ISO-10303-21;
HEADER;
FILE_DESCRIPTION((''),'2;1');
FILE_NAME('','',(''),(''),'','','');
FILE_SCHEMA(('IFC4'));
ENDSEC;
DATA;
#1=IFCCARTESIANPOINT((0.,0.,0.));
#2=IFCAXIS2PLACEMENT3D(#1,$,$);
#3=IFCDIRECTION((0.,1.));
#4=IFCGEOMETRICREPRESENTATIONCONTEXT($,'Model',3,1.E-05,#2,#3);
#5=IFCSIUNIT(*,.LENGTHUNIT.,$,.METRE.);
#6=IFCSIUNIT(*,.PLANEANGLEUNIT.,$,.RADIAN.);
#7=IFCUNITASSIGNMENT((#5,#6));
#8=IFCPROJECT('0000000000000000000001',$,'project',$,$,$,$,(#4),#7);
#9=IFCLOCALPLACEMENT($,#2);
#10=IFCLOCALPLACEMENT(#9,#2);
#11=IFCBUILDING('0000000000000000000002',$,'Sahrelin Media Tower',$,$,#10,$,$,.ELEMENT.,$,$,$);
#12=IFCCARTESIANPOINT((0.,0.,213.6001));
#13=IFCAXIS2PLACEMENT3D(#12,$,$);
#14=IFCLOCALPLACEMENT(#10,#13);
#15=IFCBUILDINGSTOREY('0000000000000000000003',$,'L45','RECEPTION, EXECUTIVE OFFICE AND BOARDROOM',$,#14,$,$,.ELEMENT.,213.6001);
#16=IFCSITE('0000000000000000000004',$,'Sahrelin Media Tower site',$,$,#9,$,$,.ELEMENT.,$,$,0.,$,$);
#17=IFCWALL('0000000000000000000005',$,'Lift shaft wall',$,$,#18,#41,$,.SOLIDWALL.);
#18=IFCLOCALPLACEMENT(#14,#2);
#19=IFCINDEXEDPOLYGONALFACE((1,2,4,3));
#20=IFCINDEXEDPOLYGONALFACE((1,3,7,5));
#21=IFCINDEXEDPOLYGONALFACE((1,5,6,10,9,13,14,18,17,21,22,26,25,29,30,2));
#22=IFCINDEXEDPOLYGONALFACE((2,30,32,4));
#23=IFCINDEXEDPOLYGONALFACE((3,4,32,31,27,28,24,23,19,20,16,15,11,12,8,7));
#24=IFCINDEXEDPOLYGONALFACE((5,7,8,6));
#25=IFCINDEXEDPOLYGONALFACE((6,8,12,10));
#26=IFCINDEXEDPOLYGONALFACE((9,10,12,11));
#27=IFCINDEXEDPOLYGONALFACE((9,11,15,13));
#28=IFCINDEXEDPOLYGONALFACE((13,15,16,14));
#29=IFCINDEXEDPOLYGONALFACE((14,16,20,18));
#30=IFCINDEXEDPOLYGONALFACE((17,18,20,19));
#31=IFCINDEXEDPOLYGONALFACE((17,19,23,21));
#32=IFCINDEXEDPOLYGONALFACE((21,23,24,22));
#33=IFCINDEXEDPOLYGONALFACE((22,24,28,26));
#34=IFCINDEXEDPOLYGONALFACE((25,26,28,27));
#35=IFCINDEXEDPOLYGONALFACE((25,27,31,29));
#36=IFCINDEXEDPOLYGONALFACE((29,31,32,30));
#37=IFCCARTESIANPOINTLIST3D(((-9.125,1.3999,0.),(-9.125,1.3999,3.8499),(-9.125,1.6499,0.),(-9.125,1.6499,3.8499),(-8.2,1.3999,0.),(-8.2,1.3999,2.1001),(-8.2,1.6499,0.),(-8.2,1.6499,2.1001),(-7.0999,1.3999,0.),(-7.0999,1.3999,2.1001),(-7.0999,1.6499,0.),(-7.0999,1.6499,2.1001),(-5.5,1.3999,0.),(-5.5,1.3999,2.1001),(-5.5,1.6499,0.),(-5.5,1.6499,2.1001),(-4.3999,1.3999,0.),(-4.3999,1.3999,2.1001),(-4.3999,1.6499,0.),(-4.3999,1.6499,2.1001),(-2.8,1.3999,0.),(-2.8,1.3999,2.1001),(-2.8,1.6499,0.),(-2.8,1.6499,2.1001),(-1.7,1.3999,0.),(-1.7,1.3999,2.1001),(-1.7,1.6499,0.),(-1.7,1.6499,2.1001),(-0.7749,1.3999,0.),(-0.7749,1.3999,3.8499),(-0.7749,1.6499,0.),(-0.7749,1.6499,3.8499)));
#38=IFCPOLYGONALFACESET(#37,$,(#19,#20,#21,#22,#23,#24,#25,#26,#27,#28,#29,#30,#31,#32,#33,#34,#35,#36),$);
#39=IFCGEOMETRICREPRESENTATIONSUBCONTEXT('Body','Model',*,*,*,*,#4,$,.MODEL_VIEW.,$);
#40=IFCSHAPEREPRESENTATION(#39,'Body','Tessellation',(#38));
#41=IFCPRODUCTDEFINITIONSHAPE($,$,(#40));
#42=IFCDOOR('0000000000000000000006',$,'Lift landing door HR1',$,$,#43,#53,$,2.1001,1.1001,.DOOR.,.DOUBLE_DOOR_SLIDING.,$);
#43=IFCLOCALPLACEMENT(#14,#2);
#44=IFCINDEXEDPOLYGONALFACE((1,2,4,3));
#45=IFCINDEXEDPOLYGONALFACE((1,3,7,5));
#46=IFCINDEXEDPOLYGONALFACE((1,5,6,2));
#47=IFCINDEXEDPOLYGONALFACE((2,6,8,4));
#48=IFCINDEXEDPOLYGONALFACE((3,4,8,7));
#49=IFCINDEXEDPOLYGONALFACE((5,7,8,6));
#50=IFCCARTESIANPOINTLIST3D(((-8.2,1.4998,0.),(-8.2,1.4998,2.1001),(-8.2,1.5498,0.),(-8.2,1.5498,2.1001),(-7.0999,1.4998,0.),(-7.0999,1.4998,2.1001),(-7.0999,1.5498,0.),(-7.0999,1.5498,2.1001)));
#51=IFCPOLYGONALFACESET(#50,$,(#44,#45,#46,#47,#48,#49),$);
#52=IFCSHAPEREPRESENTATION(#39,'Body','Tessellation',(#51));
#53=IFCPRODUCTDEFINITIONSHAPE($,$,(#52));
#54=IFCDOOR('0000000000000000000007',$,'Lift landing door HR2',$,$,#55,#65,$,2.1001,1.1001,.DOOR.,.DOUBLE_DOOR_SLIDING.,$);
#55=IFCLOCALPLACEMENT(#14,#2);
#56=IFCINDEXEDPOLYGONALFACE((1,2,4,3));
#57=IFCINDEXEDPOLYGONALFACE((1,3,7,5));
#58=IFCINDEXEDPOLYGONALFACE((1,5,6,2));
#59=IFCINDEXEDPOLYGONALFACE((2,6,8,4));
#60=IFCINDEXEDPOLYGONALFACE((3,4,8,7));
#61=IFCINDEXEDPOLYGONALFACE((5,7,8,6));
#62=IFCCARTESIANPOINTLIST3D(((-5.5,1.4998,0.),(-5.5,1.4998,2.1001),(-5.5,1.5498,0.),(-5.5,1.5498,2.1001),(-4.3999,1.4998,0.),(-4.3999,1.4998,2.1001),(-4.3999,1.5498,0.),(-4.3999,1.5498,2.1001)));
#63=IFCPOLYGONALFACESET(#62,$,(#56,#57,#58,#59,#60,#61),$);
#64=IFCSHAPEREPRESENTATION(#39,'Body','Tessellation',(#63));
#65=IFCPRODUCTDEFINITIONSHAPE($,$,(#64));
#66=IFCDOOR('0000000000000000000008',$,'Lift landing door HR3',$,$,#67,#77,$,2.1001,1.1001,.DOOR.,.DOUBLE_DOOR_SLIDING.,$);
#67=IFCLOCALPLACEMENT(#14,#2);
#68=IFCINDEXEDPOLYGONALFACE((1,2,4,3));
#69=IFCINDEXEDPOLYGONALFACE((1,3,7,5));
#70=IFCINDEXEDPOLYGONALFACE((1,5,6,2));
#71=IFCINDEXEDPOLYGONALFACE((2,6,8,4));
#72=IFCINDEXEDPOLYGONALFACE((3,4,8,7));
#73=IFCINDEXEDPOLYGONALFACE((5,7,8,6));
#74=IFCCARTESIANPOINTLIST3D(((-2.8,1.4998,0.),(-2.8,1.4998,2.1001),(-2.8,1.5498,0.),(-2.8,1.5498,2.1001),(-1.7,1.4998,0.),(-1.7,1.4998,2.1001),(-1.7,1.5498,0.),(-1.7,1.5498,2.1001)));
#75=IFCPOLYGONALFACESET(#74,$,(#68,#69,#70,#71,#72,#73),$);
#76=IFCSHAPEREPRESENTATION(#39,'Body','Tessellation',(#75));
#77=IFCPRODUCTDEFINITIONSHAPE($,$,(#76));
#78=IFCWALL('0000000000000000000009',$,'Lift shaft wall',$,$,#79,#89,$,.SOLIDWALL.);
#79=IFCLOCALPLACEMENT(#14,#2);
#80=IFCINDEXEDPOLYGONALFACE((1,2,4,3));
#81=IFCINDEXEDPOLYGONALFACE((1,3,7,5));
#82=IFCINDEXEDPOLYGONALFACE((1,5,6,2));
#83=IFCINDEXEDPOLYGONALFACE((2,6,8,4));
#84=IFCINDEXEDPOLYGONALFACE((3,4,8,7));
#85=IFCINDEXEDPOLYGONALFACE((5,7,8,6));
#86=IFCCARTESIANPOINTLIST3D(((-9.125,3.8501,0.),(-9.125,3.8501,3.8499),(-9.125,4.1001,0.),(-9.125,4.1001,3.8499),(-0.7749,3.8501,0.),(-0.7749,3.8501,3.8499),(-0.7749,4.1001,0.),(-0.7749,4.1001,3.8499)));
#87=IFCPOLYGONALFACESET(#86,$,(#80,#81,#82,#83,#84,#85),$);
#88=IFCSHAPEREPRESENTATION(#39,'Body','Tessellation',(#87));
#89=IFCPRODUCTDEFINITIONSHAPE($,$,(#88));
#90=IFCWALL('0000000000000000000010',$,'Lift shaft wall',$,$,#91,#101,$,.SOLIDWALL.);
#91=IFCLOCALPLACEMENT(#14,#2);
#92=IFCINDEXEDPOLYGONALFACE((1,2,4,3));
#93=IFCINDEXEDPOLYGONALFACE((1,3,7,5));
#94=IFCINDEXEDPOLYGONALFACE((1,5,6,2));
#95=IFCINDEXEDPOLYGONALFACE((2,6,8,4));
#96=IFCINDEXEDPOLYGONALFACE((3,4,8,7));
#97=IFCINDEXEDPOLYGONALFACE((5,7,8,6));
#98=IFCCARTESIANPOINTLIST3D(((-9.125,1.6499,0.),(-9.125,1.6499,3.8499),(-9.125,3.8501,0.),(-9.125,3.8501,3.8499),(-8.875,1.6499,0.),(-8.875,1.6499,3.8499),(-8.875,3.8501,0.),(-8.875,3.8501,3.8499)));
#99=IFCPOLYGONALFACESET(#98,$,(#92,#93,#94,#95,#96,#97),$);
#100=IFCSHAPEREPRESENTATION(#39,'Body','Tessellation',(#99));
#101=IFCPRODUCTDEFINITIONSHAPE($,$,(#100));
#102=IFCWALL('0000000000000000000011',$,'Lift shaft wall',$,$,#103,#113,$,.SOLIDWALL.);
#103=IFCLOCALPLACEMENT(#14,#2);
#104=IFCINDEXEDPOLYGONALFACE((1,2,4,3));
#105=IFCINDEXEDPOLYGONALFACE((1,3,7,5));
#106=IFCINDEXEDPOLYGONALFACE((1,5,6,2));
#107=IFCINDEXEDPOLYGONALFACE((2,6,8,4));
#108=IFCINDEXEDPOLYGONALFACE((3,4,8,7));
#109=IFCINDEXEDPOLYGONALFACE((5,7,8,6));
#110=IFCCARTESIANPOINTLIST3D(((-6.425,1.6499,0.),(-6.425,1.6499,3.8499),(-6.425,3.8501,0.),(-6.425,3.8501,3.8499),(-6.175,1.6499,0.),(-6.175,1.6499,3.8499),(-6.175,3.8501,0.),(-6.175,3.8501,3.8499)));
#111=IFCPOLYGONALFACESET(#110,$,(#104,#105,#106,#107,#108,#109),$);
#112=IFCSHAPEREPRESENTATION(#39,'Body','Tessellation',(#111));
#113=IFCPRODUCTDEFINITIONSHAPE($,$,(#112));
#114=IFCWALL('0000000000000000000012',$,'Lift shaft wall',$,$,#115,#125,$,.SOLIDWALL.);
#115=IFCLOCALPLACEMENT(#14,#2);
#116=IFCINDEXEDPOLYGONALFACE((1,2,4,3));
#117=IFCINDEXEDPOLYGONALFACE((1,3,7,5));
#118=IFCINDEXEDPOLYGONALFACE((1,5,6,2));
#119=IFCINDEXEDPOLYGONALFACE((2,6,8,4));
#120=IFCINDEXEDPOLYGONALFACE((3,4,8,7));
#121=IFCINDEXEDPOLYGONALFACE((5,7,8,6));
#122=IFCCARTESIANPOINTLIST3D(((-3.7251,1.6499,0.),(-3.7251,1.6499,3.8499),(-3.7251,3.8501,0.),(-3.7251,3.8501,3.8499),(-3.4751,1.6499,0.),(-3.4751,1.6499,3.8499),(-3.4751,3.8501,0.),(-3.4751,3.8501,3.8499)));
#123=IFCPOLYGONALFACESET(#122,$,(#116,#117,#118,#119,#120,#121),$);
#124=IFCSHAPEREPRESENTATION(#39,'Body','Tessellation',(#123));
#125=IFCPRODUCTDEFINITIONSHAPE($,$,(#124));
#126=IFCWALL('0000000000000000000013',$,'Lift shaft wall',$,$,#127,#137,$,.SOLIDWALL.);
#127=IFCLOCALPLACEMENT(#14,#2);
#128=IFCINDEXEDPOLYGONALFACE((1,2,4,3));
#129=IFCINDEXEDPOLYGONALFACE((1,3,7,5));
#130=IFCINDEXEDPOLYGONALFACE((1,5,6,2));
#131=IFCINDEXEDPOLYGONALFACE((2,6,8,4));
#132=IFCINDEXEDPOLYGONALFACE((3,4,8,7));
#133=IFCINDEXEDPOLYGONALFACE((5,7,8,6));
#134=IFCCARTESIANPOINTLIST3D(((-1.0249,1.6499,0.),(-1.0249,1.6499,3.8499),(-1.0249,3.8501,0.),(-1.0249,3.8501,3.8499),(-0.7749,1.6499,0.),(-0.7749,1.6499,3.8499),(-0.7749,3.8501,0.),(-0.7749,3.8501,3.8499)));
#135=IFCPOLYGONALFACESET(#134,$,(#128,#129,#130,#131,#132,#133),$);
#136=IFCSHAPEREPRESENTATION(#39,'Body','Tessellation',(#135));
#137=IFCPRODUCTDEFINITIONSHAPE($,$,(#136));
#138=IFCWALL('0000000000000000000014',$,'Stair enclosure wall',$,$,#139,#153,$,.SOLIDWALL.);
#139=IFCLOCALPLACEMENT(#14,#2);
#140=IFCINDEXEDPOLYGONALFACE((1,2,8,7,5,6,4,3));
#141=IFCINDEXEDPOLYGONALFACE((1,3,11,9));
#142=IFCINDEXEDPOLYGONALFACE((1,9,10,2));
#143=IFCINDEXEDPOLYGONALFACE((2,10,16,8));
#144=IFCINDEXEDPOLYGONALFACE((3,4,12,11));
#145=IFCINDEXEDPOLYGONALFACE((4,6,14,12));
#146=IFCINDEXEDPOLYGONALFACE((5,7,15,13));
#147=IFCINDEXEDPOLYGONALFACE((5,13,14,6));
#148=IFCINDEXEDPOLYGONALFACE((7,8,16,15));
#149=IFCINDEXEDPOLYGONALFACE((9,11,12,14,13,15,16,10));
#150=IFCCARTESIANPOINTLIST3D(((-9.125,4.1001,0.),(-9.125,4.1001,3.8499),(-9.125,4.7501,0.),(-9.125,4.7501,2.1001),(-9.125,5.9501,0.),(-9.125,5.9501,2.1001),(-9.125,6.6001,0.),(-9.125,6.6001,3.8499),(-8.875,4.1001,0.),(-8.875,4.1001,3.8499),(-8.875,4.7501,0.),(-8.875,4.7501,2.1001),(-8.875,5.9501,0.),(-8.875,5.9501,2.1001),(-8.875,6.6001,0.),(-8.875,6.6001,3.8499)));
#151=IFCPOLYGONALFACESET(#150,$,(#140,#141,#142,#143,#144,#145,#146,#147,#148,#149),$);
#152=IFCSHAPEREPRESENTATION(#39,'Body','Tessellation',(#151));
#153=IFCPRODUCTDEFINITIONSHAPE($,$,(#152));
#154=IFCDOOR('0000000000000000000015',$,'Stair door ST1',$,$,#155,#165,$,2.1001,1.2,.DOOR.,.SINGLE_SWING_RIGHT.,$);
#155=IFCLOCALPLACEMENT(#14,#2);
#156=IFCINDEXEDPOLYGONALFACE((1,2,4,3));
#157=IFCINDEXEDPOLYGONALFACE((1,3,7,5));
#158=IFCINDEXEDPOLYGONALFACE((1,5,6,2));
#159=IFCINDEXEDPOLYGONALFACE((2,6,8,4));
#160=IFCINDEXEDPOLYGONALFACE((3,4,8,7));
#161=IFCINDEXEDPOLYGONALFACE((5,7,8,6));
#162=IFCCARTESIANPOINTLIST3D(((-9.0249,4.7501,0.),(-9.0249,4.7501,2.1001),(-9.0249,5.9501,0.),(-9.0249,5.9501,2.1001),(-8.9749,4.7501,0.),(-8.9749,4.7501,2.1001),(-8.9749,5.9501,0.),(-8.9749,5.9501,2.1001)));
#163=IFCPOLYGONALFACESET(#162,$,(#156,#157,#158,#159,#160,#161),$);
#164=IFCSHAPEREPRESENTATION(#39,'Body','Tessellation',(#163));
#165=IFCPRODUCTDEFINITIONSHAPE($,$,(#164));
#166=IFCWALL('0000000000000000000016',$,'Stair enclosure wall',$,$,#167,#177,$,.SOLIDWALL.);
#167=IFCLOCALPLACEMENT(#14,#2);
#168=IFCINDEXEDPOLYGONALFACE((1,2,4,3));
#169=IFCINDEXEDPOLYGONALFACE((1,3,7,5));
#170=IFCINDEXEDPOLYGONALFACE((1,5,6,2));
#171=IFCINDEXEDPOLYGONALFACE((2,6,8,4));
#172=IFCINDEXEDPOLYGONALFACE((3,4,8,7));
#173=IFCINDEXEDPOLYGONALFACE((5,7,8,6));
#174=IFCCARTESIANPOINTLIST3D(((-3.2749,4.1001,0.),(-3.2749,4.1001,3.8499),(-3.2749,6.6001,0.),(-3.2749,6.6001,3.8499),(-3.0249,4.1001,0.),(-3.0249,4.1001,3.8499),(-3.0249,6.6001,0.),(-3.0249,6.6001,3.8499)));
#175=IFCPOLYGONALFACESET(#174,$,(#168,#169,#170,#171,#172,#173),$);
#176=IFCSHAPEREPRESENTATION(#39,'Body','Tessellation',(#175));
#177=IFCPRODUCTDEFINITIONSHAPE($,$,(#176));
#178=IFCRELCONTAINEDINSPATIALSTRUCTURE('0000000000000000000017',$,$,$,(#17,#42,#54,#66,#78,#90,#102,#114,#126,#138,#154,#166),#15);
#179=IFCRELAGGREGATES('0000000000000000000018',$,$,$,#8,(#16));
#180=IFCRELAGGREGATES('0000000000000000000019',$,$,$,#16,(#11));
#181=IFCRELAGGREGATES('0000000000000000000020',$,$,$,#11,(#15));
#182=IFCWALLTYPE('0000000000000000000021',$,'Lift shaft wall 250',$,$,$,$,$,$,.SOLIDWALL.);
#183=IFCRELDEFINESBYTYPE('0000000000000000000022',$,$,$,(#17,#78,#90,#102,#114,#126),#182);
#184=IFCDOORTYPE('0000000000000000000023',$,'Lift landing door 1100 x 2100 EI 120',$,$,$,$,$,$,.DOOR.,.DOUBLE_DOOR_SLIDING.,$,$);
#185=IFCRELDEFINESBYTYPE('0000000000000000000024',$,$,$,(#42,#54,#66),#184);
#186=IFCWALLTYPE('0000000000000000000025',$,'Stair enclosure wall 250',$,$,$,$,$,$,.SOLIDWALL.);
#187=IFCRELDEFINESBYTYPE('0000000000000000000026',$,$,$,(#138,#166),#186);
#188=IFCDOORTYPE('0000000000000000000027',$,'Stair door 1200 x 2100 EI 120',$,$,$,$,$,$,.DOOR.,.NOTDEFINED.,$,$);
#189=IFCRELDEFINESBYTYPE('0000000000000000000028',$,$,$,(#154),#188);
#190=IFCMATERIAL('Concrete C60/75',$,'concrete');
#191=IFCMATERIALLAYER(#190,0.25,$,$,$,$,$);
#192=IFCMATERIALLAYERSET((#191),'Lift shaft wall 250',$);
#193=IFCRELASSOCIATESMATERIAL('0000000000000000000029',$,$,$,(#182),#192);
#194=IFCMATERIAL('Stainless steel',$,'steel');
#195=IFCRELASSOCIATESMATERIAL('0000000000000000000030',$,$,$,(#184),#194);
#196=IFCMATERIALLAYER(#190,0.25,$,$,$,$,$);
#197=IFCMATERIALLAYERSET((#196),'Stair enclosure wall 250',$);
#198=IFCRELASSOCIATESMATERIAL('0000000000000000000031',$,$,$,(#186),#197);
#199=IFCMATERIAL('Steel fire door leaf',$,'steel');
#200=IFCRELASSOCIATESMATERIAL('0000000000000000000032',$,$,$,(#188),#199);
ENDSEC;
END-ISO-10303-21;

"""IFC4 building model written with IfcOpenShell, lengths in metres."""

from ifc_helpers import new_model, si_unit, direction, frame, frame_2d, origin, place, context, subcontext, project, spatial, rectangle, extrude, material, layer, layer_set, type_object, element, fill, save


model = new_model("IFC4")

# Units and contexts
model_context = context("Model", 3, precision=1e-05, world=origin(), true_north=direction((0.0, 1.0)))
body_context = subcontext(model_context, "Body", "Model", "MODEL_VIEW")
ifc_project = project(units=[si_unit("LENGTHUNIT", "METRE"), si_unit("PLANEANGLEUNIT", "RADIAN")], contexts=[model_context])

# Site, building, storey
site_placement = place(None, origin())
site = spatial("IfcSite", under=ifc_project, at=site_placement, Name="Sahrelin Media Tower site", CompositionType="ELEMENT", RefElevation=0.0)
building_placement = place(site_placement, origin())
building = spatial("IfcBuilding", under=site, at=building_placement, Name="Sahrelin Media Tower", CompositionType="ELEMENT")
storey_placement = place(building_placement, frame((0.0, 0.0, 213.6001)))
storey = spatial("IfcBuildingStorey", under=building, at=storey_placement, Name="L45", Description="RECEPTION, EXECUTIVE OFFICE AND BOARDROOM", CompositionType="ELEMENT", Elevation=213.6001)

# Shared definitions
ifc_material_1 = material(Name="Concrete C60/75", Category="concrete")

# Shared definitions
ifc_material_2 = material(Name="Steel fire door leaf", Category="steel")

# Wall, openings, doors
ifc_layer_1 = layer(ifc_material_1, 0.25)
ifc_layer_set_1 = layer_set([ifc_layer_1], Name="Lift shaft wall 250")
wall_type_1 = type_object("IfcWallType", Name="Lift shaft wall 250", PredefinedType="SOLIDWALL", material=ifc_layer_set_1)
wall_1_placement = place(storey_placement, frame((-9.125, 1.5249, 0.0), z_axis=(0.0, 0.0, 1.0), x_axis=(1.0, 0.0, 0.0)))
wall_1 = element("IfcWall", 1, at=wall_1_placement, inside=storey, type_object=wall_type_1, Name="Lift shaft wall", PredefinedType="SOLIDWALL", context=body_context, shape_type="SweptSolid", body=[
    extrude(rectangle(XDim=8.3501, YDim=0.25, at=frame_2d((4.175, 0.0))), origin(), (0.0, 0.0, 1.0), 3.8499),
])
opening_1_placement = place(wall_1_placement, frame((0.925, 0.0, 0.0)))
opening_1 = element("IfcOpeningElement", 2, at=opening_1_placement, cuts=wall_1, PredefinedType="OPENING", context=body_context, shape_type="SweptSolid", body=[
    extrude(rectangle(XDim=1.1001, YDim=2.1001, at=frame_2d((0.55, 1.05))), frame((0.0, 0.125, 0.0), z_axis=(0.0, -1.0, 0.0), x_axis=(1.0, 0.0, 0.0)), (0.0, 0.0, 1.0), 0.25),
])
opening_2_placement = place(wall_1_placement, frame((3.625, 0.0, 0.0)))
opening_2 = element("IfcOpeningElement", 3, at=opening_2_placement, cuts=wall_1, PredefinedType="OPENING", context=body_context, shape_type="SweptSolid", body=[
    extrude(rectangle(XDim=1.1001, YDim=2.1001, at=frame_2d((0.55, 1.05))), frame((0.0, 0.125, 0.0), z_axis=(0.0, -1.0, 0.0), x_axis=(1.0, 0.0, 0.0)), (0.0, 0.0, 1.0), 0.25),
])
opening_3_placement = place(wall_1_placement, frame((6.325, 0.0, 0.0)))
opening_3 = element("IfcOpeningElement", 4, at=opening_3_placement, cuts=wall_1, PredefinedType="OPENING", context=body_context, shape_type="SweptSolid", body=[
    extrude(rectangle(XDim=1.1001, YDim=2.1001, at=frame_2d((0.55, 1.05))), frame((0.0, 0.125, 0.0), z_axis=(0.0, -1.0, 0.0), x_axis=(1.0, 0.0, 0.0)), (0.0, 0.0, 1.0), 0.25),
])
ifc_material_3 = material(Name="Stainless steel", Category="steel")
door_type_1 = type_object("IfcDoorType", Name="Lift landing door 1100 x 2100 EI 120", OperationType="DOUBLE_DOOR_SLIDING", PredefinedType="DOOR", material=ifc_material_3)
door_1_placement = place(opening_1_placement, origin())
door_1 = element("IfcDoor", 5, at=door_1_placement, inside=storey, type_object=door_type_1, Name="Lift landing door HR1", OperationType="DOUBLE_DOOR_SLIDING", OverallHeight=2.1001, OverallWidth=1.1001, PredefinedType="DOOR", context=body_context, shape_type="SweptSolid", body=[
    extrude(rectangle(XDim=1.1001, YDim=2.1001, at=frame_2d((0.55, 1.05))), frame((0.0, 0.0249, 0.0), z_axis=(0.0, -1.0, 0.0), x_axis=(1.0, 0.0, 0.0)), (0.0, 0.0, 1.0), 0.05),
])
fill(opening_1, door_1)
door_2_placement = place(opening_2_placement, origin())
door_2 = element("IfcDoor", 6, at=door_2_placement, inside=storey, type_object=door_type_1, Name="Lift landing door HR2", OperationType="DOUBLE_DOOR_SLIDING", OverallHeight=2.1001, OverallWidth=1.1001, PredefinedType="DOOR", context=body_context, shape_type="SweptSolid", body=[
    extrude(rectangle(XDim=1.1001, YDim=2.1001, at=frame_2d((0.55, 1.05))), frame((0.0, 0.0249, 0.0), z_axis=(0.0, -1.0, 0.0), x_axis=(1.0, 0.0, 0.0)), (0.0, 0.0, 1.0), 0.05),
])
fill(opening_2, door_2)
door_3_placement = place(opening_3_placement, origin())
door_3 = element("IfcDoor", 7, at=door_3_placement, inside=storey, type_object=door_type_1, Name="Lift landing door HR3", OperationType="DOUBLE_DOOR_SLIDING", OverallHeight=2.1001, OverallWidth=1.1001, PredefinedType="DOOR", context=body_context, shape_type="SweptSolid", body=[
    extrude(rectangle(XDim=1.1001, YDim=2.1001, at=frame_2d((0.55, 1.05))), frame((0.0, 0.0249, 0.0), z_axis=(0.0, -1.0, 0.0), x_axis=(1.0, 0.0, 0.0)), (0.0, 0.0, 1.0), 0.05),
])
fill(opening_3, door_3)

# Walls
wall_2_placement = place(storey_placement, frame((-9.125, 3.9751, 0.0), z_axis=(0.0, 0.0, 1.0), x_axis=(1.0, 0.0, 0.0)))
element("IfcWall", 8, at=wall_2_placement, inside=storey, type_object=wall_type_1, Name="Lift shaft wall", PredefinedType="SOLIDWALL", context=body_context, shape_type="SweptSolid", body=[
    extrude(rectangle(XDim=8.3501, YDim=0.25, at=frame_2d((4.175, 0.0))), origin(), (0.0, 0.0, 1.0), 3.8499),
])
for number, where, z_axis, x_axis, name in (
    (9, (-9.0, 1.6499, 0.0), (0.0, 0.0, 1.0), (0.0, 1.0, 0.0), "Lift shaft wall"),
    (10, (-6.3, 1.6499, 0.0), (0.0, 0.0, 1.0), (0.0, 1.0, 0.0), "Lift shaft wall"),
    (11, (-3.6001, 1.6499, 0.0), (0.0, 0.0, 1.0), (0.0, 1.0, 0.0), "Lift shaft wall"),
    (12, (-0.8999, 1.6499, 0.0), (0.0, 0.0, 1.0), (0.0, 1.0, 0.0), "Lift shaft wall"),
):
    element("IfcWall", number, at=place(storey_placement, frame(where, z_axis=z_axis, x_axis=x_axis)), inside=storey, type_object=wall_type_1, Name=name, PredefinedType="SOLIDWALL", context=body_context, shape_type="SweptSolid", body=[
        extrude(rectangle(XDim=2.2002, YDim=0.25, at=frame_2d((1.1001, 0.0))), origin(), (0.0, 0.0, 1.0), 3.8499),
    ])

# Wall, opening, door
ifc_layer_2 = layer(ifc_material_1, 0.25)
ifc_layer_set_2 = layer_set([ifc_layer_2], Name="Stair enclosure wall 250")
wall_type_2 = type_object("IfcWallType", Name="Stair enclosure wall 250", PredefinedType="SOLIDWALL", material=ifc_layer_set_2)
wall_3_placement = place(storey_placement, frame((-9.0, 4.1001, 0.0), z_axis=(0.0, 0.0, 1.0), x_axis=(0.0, 1.0, 0.0)))
wall_3 = element("IfcWall", 13, at=wall_3_placement, inside=storey, type_object=wall_type_2, Name="Stair enclosure wall", PredefinedType="SOLIDWALL", context=body_context, shape_type="SweptSolid", body=[
    extrude(rectangle(XDim=2.5, YDim=0.25, at=frame_2d((1.25, 0.0))), origin(), (0.0, 0.0, 1.0), 3.8499),
])
opening_4_placement = place(wall_3_placement, frame((0.6499, 0.0, 0.0)))
opening_4 = element("IfcOpeningElement", 14, at=opening_4_placement, cuts=wall_3, PredefinedType="OPENING", context=body_context, shape_type="SweptSolid", body=[
    extrude(rectangle(XDim=1.2, YDim=2.1001, at=frame_2d((0.6001, 1.05))), frame((0.0, 0.125, 0.0), z_axis=(0.0, -1.0, 0.0), x_axis=(1.0, 0.0, 0.0)), (0.0, 0.0, 1.0), 0.25),
])
door_type_2 = type_object("IfcDoorType", Name="Stair door 1200 x 2100 EI 120", OperationType="NOTDEFINED", PredefinedType="DOOR", material=ifc_material_2)
door_4_placement = place(opening_4_placement, origin())
door_4 = element("IfcDoor", 15, at=door_4_placement, inside=storey, type_object=door_type_2, Name="Stair door ST1", OperationType="SINGLE_SWING_RIGHT", OverallHeight=2.1001, OverallWidth=1.2, PredefinedType="DOOR", context=body_context, shape_type="SweptSolid", body=[
    extrude(rectangle(XDim=1.2, YDim=2.1001, at=frame_2d((0.6001, 1.05))), frame((0.0, 0.0249, 0.0), z_axis=(0.0, -1.0, 0.0), x_axis=(1.0, 0.0, 0.0)), (0.0, 0.0, 1.0), 0.05),
])
fill(opening_4, door_4)

# Wall
wall_4_placement = place(storey_placement, frame((-3.1499, 4.1001, 0.0), z_axis=(0.0, 0.0, 1.0), x_axis=(0.0, 1.0, 0.0)))
element("IfcWall", 16, at=wall_4_placement, inside=storey, type_object=wall_type_2, Name="Stair enclosure wall", PredefinedType="SOLIDWALL", context=body_context, shape_type="SweptSolid", body=[
    extrude(rectangle(XDim=2.5, YDim=0.25, at=frame_2d((1.25, 0.0))), origin(), (0.0, 0.0, 1.0), 3.8499),
])

save(model, "model.ifc")
